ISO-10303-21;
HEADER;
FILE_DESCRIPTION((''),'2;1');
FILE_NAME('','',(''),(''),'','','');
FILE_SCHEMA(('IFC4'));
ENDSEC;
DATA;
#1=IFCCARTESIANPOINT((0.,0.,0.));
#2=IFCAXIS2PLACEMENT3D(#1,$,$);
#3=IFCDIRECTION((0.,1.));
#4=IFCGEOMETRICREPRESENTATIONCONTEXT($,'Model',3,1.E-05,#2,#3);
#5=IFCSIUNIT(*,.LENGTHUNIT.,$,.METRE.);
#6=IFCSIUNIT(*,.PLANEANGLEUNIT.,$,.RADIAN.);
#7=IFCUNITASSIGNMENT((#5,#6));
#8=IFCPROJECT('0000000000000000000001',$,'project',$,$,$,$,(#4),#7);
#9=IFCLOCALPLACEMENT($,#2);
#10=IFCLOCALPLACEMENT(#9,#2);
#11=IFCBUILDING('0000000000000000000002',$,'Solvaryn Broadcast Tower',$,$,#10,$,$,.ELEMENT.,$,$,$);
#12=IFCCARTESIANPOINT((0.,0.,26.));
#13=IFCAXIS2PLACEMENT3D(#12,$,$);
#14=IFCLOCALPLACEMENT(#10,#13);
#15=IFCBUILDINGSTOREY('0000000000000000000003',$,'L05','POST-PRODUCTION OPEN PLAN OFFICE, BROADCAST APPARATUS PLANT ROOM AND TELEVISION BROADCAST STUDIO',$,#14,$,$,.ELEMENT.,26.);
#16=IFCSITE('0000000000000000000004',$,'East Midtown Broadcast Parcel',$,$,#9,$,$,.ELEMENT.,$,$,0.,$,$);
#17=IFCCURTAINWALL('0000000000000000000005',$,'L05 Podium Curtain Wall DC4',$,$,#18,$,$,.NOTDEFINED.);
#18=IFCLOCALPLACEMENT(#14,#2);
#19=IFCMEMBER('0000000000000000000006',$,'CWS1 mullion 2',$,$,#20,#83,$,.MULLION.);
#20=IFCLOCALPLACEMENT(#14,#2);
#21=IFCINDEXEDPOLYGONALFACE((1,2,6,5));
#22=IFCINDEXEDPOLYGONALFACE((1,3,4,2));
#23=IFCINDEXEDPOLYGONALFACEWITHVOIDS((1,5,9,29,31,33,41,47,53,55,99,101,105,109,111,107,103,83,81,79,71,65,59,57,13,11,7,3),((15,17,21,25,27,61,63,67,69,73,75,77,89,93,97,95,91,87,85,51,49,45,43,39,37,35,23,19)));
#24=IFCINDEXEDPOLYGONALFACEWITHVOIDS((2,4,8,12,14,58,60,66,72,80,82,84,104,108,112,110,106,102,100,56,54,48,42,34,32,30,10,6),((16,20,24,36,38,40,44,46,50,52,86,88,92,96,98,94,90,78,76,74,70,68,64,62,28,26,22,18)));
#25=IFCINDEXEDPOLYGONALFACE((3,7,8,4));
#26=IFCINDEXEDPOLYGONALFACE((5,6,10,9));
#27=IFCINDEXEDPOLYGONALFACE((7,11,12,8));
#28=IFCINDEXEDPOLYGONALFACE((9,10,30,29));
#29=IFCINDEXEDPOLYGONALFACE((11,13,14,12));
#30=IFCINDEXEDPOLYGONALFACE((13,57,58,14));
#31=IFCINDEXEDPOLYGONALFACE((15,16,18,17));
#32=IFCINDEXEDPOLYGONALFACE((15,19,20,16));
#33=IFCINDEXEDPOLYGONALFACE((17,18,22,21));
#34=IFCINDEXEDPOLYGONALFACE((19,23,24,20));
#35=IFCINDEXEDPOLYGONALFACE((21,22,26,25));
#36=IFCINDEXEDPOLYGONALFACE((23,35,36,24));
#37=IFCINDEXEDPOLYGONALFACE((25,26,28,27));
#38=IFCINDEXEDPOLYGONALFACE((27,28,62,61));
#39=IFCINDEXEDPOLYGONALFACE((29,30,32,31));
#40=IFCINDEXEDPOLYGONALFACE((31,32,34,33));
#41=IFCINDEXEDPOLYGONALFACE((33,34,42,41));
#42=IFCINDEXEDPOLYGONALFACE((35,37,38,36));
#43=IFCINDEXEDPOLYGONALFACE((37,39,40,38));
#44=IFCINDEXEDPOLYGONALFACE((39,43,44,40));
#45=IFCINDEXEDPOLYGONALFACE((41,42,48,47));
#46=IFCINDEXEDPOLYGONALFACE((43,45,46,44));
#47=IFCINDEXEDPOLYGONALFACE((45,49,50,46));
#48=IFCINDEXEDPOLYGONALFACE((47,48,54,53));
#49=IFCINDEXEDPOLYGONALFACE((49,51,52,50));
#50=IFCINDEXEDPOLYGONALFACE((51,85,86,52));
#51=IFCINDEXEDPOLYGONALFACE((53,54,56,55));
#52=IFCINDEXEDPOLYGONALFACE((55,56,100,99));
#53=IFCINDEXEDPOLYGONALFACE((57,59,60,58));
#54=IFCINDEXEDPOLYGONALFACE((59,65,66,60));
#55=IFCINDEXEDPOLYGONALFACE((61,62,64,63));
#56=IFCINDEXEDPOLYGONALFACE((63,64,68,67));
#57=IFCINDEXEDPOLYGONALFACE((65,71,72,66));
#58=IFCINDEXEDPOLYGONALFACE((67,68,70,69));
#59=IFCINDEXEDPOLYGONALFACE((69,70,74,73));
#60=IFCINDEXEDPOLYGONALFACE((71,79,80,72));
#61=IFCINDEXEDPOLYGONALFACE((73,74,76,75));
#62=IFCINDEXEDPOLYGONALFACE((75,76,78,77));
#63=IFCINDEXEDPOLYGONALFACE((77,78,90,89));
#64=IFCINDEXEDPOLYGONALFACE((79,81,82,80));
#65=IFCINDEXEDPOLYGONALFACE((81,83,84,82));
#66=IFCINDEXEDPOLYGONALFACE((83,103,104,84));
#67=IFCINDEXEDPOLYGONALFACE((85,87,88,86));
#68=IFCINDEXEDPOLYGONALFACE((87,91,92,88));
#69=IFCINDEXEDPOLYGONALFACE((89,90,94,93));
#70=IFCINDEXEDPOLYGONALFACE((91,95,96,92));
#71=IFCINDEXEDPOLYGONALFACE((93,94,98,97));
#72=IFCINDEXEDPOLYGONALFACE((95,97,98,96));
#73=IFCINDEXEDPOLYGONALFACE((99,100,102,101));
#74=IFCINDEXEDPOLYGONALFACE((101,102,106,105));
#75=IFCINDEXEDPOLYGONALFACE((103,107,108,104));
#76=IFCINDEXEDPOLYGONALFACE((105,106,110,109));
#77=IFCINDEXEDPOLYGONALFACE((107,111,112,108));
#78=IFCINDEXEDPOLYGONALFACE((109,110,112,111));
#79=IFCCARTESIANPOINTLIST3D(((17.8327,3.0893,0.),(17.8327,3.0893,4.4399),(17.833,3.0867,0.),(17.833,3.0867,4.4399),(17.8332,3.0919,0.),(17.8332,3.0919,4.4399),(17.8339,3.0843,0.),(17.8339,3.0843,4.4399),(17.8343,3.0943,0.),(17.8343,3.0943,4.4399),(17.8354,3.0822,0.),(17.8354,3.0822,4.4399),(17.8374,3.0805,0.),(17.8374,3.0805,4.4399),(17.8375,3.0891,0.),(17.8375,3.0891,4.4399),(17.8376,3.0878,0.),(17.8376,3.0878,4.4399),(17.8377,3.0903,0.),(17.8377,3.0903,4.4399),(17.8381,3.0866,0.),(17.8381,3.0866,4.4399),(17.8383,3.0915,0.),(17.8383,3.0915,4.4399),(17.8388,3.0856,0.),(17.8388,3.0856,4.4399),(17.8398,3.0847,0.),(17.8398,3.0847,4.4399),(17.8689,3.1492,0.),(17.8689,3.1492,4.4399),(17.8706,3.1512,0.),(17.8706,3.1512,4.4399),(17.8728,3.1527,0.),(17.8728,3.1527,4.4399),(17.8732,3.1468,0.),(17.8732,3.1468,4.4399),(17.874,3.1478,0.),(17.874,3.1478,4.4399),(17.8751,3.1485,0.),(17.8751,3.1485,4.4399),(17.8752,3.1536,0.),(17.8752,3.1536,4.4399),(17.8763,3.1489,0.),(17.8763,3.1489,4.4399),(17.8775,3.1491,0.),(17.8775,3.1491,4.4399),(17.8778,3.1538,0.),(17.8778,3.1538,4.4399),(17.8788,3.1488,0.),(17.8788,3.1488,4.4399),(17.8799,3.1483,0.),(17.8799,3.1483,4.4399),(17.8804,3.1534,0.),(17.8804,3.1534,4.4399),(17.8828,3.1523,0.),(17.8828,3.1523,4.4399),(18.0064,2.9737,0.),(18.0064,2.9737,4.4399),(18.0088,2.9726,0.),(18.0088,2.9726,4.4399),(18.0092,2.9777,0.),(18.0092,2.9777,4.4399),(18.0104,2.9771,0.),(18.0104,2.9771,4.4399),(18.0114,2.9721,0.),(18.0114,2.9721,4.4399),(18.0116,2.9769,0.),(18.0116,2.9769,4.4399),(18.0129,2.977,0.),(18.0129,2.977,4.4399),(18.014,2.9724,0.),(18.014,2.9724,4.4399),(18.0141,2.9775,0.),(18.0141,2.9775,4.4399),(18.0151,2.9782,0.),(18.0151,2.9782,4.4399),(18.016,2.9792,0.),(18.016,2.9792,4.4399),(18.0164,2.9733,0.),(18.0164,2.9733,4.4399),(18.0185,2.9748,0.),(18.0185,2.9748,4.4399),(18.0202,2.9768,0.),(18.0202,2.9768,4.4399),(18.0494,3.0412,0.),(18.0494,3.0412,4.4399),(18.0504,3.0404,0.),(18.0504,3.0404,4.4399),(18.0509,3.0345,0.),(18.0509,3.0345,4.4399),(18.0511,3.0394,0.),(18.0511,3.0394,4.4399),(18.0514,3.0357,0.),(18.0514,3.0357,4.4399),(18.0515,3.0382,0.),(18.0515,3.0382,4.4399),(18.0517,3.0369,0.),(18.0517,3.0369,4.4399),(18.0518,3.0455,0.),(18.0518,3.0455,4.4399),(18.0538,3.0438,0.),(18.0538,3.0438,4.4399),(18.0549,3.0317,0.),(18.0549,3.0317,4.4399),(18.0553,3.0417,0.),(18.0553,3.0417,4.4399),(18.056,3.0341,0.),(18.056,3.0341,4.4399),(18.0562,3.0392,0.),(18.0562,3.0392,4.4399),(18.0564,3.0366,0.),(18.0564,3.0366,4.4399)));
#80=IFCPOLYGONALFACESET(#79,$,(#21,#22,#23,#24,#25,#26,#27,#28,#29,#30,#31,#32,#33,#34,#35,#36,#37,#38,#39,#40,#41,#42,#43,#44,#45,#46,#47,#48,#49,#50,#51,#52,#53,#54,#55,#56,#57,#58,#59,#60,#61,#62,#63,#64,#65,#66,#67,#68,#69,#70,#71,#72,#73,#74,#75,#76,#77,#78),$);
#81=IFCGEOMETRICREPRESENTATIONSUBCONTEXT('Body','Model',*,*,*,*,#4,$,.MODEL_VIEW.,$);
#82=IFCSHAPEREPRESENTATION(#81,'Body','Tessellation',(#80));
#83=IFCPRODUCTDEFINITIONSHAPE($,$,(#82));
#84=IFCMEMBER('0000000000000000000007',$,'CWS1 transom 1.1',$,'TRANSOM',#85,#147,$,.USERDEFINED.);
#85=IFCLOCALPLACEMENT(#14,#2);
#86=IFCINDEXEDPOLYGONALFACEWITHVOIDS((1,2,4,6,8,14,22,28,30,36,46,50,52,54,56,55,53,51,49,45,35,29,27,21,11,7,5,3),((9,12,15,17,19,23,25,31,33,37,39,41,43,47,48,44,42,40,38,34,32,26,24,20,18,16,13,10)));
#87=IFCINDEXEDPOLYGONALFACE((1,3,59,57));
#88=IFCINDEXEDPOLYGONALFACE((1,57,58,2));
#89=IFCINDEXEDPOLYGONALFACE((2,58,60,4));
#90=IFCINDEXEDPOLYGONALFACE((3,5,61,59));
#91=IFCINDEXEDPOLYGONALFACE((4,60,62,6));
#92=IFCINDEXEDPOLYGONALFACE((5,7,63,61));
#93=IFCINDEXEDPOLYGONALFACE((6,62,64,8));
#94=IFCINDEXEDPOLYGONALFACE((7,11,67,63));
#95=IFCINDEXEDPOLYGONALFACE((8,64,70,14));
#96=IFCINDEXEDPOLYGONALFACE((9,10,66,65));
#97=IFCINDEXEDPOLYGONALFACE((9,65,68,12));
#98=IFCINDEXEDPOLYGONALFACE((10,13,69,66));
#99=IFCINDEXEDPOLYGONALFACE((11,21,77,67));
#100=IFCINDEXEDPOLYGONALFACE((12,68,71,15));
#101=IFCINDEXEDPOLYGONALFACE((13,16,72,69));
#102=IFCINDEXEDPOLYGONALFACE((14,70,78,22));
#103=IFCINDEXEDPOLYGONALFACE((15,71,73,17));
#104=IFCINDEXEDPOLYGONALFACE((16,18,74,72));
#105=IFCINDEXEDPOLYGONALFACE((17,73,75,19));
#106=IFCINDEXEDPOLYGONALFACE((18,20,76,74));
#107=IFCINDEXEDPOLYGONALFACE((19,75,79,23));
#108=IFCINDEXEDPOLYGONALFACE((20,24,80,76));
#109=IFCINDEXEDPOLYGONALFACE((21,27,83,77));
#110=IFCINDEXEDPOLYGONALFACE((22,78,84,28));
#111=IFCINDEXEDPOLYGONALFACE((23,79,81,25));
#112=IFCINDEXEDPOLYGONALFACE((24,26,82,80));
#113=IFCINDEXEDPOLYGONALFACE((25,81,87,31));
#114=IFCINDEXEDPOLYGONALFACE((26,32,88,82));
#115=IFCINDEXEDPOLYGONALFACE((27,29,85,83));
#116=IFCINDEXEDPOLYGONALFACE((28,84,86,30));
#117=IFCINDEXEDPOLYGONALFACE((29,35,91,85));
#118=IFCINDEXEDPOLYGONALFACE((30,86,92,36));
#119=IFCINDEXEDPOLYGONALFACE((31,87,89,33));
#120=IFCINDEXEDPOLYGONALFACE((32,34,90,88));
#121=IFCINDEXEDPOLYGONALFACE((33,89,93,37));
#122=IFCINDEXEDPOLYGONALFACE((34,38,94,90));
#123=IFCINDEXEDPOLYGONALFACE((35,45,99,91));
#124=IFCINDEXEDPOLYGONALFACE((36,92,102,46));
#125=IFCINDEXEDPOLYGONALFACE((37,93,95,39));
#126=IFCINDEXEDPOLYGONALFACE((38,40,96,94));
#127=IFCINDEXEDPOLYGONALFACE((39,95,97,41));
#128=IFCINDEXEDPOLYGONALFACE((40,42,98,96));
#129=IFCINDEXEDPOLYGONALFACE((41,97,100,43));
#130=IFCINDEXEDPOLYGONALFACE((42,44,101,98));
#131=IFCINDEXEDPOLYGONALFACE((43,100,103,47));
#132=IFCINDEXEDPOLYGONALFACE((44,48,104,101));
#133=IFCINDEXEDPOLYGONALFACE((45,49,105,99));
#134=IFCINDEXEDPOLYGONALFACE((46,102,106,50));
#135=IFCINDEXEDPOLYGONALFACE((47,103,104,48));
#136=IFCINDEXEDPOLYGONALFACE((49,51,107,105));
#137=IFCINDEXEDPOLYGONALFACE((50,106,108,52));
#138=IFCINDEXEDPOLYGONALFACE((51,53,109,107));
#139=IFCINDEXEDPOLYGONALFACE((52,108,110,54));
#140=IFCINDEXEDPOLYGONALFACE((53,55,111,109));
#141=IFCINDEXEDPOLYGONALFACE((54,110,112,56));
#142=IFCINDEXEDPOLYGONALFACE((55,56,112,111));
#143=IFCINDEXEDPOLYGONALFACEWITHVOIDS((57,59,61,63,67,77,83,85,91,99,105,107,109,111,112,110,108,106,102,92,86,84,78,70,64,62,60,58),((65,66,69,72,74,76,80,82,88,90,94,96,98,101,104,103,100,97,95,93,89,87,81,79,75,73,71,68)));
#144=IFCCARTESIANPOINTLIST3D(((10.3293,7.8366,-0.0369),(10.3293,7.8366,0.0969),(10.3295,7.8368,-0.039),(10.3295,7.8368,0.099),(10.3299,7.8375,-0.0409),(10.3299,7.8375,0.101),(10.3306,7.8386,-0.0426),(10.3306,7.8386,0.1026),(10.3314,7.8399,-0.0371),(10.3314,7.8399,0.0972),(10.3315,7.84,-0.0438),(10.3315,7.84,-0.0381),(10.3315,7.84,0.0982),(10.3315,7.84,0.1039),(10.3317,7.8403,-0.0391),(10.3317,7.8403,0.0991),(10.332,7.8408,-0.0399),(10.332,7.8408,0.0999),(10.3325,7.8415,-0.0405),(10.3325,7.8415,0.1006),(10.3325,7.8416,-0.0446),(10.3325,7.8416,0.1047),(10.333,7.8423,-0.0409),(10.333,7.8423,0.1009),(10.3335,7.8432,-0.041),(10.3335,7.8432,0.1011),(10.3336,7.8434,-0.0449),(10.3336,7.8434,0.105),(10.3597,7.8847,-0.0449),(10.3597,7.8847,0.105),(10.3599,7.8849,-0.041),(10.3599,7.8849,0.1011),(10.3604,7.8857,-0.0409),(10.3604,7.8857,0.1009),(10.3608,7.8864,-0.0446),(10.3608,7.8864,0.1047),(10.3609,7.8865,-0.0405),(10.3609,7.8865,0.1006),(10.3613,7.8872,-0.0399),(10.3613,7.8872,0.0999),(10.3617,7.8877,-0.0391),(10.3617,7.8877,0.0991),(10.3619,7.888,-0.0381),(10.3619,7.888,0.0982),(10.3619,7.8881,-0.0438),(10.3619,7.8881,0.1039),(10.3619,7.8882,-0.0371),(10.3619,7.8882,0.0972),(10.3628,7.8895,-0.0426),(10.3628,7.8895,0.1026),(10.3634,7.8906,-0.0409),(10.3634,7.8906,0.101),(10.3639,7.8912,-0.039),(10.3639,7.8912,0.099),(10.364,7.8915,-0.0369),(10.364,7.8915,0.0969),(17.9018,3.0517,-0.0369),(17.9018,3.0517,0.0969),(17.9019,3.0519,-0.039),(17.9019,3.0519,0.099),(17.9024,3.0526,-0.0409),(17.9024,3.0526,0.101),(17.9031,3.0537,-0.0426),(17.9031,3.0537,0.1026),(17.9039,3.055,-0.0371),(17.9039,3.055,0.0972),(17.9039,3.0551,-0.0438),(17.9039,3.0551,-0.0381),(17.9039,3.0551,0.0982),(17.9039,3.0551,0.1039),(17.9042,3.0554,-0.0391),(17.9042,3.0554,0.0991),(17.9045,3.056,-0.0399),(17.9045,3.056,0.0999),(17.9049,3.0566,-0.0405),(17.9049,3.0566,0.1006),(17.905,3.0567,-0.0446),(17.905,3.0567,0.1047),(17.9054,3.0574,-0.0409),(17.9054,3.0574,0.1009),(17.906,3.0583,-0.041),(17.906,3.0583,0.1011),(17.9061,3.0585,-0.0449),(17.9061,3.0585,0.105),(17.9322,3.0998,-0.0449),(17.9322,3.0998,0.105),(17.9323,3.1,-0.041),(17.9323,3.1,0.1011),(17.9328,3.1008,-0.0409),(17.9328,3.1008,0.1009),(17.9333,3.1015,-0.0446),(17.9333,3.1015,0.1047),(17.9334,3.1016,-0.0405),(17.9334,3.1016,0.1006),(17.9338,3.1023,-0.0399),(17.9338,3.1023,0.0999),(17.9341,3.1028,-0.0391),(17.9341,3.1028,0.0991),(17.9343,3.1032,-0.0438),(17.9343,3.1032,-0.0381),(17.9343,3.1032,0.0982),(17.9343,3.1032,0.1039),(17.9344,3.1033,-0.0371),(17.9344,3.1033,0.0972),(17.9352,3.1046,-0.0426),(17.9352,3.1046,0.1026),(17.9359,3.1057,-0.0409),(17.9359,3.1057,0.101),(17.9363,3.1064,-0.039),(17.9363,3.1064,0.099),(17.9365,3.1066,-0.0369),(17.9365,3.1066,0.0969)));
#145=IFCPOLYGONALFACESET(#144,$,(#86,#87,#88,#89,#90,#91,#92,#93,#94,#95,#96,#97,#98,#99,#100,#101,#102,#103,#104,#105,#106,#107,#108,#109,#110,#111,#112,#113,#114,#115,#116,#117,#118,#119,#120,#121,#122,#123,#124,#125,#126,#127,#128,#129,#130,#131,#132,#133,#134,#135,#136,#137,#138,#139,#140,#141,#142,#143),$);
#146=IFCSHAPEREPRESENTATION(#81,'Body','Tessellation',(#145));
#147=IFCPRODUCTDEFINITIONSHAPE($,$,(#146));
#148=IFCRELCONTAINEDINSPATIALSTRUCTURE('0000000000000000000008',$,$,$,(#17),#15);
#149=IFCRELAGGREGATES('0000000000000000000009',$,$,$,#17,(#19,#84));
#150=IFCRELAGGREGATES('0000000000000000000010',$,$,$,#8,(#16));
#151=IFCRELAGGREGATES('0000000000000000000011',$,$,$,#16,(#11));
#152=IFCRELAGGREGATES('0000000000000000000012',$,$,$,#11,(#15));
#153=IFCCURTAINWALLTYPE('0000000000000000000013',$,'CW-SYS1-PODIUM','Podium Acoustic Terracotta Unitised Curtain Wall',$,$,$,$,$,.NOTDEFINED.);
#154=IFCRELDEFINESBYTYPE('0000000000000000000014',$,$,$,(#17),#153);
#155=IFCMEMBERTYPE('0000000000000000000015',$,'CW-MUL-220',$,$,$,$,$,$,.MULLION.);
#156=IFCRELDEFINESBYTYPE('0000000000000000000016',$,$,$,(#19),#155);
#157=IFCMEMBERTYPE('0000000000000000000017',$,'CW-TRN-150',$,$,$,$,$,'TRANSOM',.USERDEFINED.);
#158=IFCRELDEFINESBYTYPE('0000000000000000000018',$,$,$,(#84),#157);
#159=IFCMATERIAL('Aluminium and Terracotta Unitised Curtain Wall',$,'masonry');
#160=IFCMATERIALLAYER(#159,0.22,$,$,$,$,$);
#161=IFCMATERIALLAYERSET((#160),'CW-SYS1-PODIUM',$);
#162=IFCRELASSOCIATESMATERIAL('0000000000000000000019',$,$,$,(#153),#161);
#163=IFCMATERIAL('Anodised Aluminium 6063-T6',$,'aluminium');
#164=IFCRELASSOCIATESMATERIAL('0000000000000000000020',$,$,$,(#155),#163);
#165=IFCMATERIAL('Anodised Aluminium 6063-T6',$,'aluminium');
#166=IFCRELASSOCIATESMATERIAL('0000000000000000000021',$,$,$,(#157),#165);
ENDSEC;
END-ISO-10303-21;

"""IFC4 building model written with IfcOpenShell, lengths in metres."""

from ifc_helpers import new_model, si_unit, direction, frame, origin, origin_2d, place, context, subcontext, project, spatial, hollow_rectangle, extrude, material, layer, layer_set, material_profile, profile_set, type_object, element, aggregate, save


model = new_model("IFC4")

# Units and contexts
model_context = context("Model", 3, precision=1e-05, world=origin(), true_north=direction((0.0, 1.0)))
body_context = subcontext(model_context, "Body", "Model", "MODEL_VIEW")
ifc_project = project(units=[si_unit("LENGTHUNIT", "METRE"), si_unit("PLANEANGLEUNIT", "RADIAN")], contexts=[model_context])

# Site, building, storey
site_placement = place(None, origin())
site = spatial("IfcSite", under=ifc_project, at=site_placement, Name="East Midtown Broadcast Parcel", CompositionType="ELEMENT", RefElevation=0.0)
building_placement = place(site_placement, origin())
building = spatial("IfcBuilding", under=site, at=building_placement, Name="Solvaryn Broadcast Tower", CompositionType="ELEMENT")
storey_placement = place(building_placement, frame((0.0, 0.0, 26.0)))
storey = spatial("IfcBuildingStorey", under=building, at=storey_placement, Name="L05", Description="POST-PRODUCTION OPEN PLAN OFFICE, BROADCAST APPARATUS PLANT ROOM AND TELEVISION BROADCAST STUDIO", CompositionType="ELEMENT", Elevation=26.0)

# Curtain wall, members
ifc_material_1 = material(Name="Aluminium and Terracotta Unitised Curtain Wall", Category="masonry")
ifc_layer_1 = layer(ifc_material_1, 0.22)
ifc_layer_set_1 = layer_set([ifc_layer_1], Name="CW-SYS1-PODIUM")
curtain_wall_type = type_object("IfcCurtainWallType", Name="CW-SYS1-PODIUM", Description="Podium Acoustic Terracotta Unitised Curtain Wall", PredefinedType="NOTDEFINED", material=ifc_layer_set_1)
curtain_wall_placement = place(storey_placement, origin())
curtain_wall = element("IfcCurtainWall", 1, at=curtain_wall_placement, inside=storey, type_object=curtain_wall_type, Name="L05 Podium Curtain Wall DC4", PredefinedType="NOTDEFINED")
ifc_material_2 = material(Name="Anodised Aluminium 6063-T6", Category="aluminium")
ifc_material_profile_1 = material_profile(ifc_material_2, hollow_rectangle(XDim=0.085, YDim=0.22, WallThickness=0.0049, InnerFilletRadius=0.0049, OuterFilletRadius=0.01, at=origin_2d()))
ifc_profile_set_1 = profile_set([ifc_material_profile_1], Name="Anodised Aluminium 6063-T6")
member_type_1 = type_object("IfcMemberType", Name="CW-MUL-220", PredefinedType="MULLION", material=ifc_profile_set_1)
member_1_placement = place(storey_placement, frame((17.9446, 3.063, 0.0), z_axis=(0.0, 0.0, 1.0), x_axis=(0.534171, 0.845376, 0.0)))
member_1 = element("IfcMember", 2, at=member_1_placement, type_object=member_type_1, Name="CWS1 mullion 2", PredefinedType="MULLION", context=body_context, shape_type="SweptSolid", body=[
    extrude(hollow_rectangle(XDim=0.085, YDim=0.22, WallThickness=0.0049, InnerFilletRadius=0.0049, OuterFilletRadius=0.01, at=origin_2d()), origin(), (0.0, 0.0, 1.0), 4.4399),
])
ifc_material_3 = material(Name="Anodised Aluminium 6063-T6", Category="aluminium")
ifc_material_profile_2 = material_profile(ifc_material_3, hollow_rectangle(XDim=0.0649, YDim=0.1499, WallThickness=0.0039, InnerFilletRadius=0.0039, OuterFilletRadius=0.0081, at=origin_2d()))
ifc_profile_set_2 = profile_set([ifc_material_profile_2], Name="Anodised Aluminium 6063-T6")
member_type_2 = type_object("IfcMemberType", Name="CW-TRN-150", ElementType="TRANSOM", PredefinedType="USERDEFINED", material=ifc_profile_set_2)
member_2_placement = place(storey_placement, frame((10.3467, 7.864, 0.03), z_axis=(0.845374, -0.534174, 0.0), x_axis=(0.534174, 0.845374, 0.0)))
member_2 = element("IfcMember", 3, at=member_2_placement, type_object=member_type_2, Name="CWS1 transom 1.1", ObjectType="TRANSOM", PredefinedType="USERDEFINED", context=body_context, shape_type="SweptSolid", body=[
    extrude(hollow_rectangle(XDim=0.0649, YDim=0.1499, WallThickness=0.0039, InnerFilletRadius=0.0039, OuterFilletRadius=0.0081, at=origin_2d()), origin(), (0.0, 0.0, 1.0), 8.9575),
])
aggregate(curtain_wall, [member_1, member_2])

save(model, "model.ifc")
